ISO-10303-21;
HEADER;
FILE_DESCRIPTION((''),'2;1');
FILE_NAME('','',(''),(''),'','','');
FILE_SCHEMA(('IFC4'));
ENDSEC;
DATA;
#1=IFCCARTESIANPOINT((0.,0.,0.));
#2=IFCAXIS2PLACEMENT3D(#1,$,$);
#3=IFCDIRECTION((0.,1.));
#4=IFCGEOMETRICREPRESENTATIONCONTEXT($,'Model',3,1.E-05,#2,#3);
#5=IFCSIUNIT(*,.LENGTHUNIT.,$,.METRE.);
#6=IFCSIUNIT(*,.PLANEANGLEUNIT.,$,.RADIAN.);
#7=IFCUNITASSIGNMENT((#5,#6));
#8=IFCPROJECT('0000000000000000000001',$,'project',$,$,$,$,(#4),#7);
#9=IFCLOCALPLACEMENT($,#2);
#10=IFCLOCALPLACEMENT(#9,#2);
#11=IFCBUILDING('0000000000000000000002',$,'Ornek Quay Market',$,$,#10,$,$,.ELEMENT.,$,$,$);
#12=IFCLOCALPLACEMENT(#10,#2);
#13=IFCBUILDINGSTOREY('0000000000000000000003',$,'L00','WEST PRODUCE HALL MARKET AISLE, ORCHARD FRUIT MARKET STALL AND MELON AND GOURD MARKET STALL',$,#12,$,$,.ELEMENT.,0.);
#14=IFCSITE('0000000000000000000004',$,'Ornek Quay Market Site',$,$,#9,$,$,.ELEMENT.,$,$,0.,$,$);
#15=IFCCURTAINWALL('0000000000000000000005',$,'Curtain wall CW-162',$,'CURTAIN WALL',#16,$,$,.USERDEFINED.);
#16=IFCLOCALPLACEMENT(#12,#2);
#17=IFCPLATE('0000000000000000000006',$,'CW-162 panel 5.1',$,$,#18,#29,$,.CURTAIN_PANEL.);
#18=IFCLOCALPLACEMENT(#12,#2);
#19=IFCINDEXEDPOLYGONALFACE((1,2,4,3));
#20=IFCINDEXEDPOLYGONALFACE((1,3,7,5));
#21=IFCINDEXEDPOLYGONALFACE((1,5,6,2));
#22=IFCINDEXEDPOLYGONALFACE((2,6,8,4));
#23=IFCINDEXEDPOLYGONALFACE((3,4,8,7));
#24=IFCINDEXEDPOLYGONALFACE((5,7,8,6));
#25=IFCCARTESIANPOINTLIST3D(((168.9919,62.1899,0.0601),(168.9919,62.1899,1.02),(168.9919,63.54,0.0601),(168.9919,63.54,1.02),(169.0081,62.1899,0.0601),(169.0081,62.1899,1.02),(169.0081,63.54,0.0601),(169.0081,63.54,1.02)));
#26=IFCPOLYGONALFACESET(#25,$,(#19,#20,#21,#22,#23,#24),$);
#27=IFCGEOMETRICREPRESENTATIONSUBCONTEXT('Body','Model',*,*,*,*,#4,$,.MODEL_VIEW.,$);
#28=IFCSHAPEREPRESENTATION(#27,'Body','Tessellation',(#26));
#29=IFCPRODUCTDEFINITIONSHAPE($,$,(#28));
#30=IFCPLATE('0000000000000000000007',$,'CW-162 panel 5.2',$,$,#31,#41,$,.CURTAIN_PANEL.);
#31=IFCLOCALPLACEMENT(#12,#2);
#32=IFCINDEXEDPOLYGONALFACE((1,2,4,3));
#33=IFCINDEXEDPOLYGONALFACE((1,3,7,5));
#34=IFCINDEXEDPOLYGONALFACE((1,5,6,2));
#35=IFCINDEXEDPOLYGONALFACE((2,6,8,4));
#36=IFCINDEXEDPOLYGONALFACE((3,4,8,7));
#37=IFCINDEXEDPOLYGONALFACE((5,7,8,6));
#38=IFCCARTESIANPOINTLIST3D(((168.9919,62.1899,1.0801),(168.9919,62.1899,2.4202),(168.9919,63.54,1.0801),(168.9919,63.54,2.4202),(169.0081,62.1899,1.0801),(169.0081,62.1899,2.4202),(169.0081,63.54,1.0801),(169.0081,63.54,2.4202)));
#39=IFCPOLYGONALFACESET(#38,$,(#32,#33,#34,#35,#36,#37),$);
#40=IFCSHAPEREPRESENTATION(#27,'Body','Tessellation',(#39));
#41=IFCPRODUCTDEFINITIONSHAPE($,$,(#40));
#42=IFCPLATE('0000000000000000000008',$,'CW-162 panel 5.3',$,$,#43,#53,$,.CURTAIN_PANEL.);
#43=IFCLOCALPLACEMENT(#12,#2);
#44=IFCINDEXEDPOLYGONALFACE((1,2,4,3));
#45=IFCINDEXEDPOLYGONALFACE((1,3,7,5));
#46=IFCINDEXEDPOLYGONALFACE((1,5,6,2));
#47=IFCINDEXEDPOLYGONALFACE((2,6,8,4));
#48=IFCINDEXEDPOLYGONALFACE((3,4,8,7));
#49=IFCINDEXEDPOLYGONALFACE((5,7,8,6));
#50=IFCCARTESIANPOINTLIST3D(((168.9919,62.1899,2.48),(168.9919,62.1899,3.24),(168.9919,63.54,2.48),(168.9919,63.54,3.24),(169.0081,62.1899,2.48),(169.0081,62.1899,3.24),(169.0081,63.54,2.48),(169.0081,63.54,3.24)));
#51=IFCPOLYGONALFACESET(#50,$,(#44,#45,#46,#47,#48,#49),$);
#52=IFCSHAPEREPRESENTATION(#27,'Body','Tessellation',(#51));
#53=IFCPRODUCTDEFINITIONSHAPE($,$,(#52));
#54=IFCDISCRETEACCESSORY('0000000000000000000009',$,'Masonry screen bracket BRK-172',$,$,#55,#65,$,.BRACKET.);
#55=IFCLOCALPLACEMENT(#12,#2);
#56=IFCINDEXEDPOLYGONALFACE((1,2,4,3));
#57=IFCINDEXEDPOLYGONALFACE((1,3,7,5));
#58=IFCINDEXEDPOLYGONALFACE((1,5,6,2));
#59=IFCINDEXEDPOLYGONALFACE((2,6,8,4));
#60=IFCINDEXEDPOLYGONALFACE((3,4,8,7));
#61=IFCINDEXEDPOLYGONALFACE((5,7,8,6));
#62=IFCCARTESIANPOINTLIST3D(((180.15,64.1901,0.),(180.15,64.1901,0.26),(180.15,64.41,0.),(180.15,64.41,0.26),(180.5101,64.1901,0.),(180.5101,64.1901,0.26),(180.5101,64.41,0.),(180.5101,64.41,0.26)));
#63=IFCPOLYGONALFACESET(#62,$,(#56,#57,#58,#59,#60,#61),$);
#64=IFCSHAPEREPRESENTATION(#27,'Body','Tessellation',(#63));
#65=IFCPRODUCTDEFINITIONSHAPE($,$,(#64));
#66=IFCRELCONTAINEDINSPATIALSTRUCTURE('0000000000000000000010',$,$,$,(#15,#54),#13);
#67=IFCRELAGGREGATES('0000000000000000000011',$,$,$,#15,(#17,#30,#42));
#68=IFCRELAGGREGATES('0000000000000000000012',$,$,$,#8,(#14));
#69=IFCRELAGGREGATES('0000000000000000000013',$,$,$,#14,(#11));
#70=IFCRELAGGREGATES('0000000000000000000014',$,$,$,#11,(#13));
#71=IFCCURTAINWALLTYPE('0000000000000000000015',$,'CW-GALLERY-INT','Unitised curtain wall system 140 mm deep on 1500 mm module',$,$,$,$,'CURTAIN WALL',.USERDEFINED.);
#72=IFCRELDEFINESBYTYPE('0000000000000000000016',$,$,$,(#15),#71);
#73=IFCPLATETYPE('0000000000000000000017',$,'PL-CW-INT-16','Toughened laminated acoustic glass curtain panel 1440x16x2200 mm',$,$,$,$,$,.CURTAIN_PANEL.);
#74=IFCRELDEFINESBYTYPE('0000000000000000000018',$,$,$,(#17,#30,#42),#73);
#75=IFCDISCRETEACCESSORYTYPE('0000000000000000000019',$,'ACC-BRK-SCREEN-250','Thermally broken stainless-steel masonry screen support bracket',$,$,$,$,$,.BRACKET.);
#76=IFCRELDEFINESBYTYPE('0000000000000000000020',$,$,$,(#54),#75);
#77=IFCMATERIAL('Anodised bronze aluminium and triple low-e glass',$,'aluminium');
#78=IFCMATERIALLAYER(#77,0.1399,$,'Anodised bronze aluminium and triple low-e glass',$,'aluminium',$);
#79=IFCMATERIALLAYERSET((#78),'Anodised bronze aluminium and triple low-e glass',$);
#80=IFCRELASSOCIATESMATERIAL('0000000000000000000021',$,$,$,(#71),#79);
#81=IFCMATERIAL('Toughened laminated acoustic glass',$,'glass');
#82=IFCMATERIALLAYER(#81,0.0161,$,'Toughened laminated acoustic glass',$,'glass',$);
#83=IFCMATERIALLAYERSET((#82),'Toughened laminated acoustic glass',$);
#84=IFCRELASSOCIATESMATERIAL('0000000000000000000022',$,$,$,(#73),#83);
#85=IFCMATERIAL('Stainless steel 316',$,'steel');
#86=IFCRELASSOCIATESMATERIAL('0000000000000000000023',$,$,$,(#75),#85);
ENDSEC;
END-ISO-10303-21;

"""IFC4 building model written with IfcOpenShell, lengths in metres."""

from ifc_helpers import new_model, si_unit, direction, frame, origin, origin_2d, place, context, subcontext, project, spatial, rectangle, extrude, material, layer, layer_set, type_object, element, aggregate, save


model = new_model("IFC4")

# Units and contexts
model_context = context("Model", 3, precision=1e-05, world=origin(), true_north=direction((0.0, 1.0)))
body_context = subcontext(model_context, "Body", "Model", "MODEL_VIEW")
ifc_project = project(units=[si_unit("LENGTHUNIT", "METRE"), si_unit("PLANEANGLEUNIT", "RADIAN")], contexts=[model_context])

# Site, building, storey
site_placement = place(None, origin())
site = spatial("IfcSite", under=ifc_project, at=site_placement, Name="Ornek Quay Market Site", CompositionType="ELEMENT", RefElevation=0.0)
building_placement = place(site_placement, origin())
building = spatial("IfcBuilding", under=site, at=building_placement, Name="Ornek Quay Market", CompositionType="ELEMENT")
storey_placement = place(building_placement, origin())
storey = spatial("IfcBuildingStorey", under=building, at=storey_placement, Name="L00", Description="WEST PRODUCE HALL MARKET AISLE, ORCHARD FRUIT MARKET STALL AND MELON AND GOURD MARKET STALL", CompositionType="ELEMENT", Elevation=0.0)

# Curtain wall, plates
ifc_material_1 = material(Name="Anodised bronze aluminium and triple low-e glass", Category="aluminium")
ifc_layer_1 = layer(ifc_material_1, 0.1399, Name="Anodised bronze aluminium and triple low-e glass", Category="aluminium")
ifc_layer_set_1 = layer_set([ifc_layer_1], Name="Anodised bronze aluminium and triple low-e glass")
curtain_wall_type = type_object("IfcCurtainWallType", Name="CW-GALLERY-INT", Description="Unitised curtain wall system 140 mm deep on 1500 mm module", ElementType="CURTAIN WALL", PredefinedType="USERDEFINED", material=ifc_layer_set_1)
curtain_wall_placement = place(storey_placement, origin())
curtain_wall = element("IfcCurtainWall", 1, at=curtain_wall_placement, inside=storey, type_object=curtain_wall_type, Name="Curtain wall CW-162", ObjectType="CURTAIN WALL", PredefinedType="USERDEFINED")
ifc_material_2 = material(Name="Toughened laminated acoustic glass", Category="glass")
ifc_layer_2 = layer(ifc_material_2, 0.0161, Name="Toughened laminated acoustic glass", Category="glass")
ifc_layer_set_2 = layer_set([ifc_layer_2], Name="Toughened laminated acoustic glass")
plate_type = type_object("IfcPlateType", Name="PL-CW-INT-16", Description="Toughened laminated acoustic glass curtain panel 1440x16x2200 mm", PredefinedType="CURTAIN_PANEL", material=ifc_layer_set_2)
plate_1_placement = place(storey_placement, frame((169.0, 62.865, 0.0601), z_axis=(0.0, 0.0, 1.0), x_axis=(0.0, 1.0, 0.0)))
plate_1 = element("IfcPlate", 2, at=plate_1_placement, type_object=plate_type, Name="CW-162 panel 5.1", PredefinedType="CURTAIN_PANEL", context=body_context, shape_type="SweptSolid", body=[
    extrude(rectangle(XDim=1.3501, YDim=0.0161, at=origin_2d()), origin(), (0.0, 0.0, 1.0), 0.96),
])
plate_2_placement = place(storey_placement, frame((169.0, 62.865, 1.0801), z_axis=(0.0, 0.0, 1.0), x_axis=(0.0, 1.0, 0.0)))
plate_2 = element("IfcPlate", 3, at=plate_2_placement, type_object=plate_type, Name="CW-162 panel 5.2", PredefinedType="CURTAIN_PANEL", context=body_context, shape_type="SweptSolid", body=[
    extrude(rectangle(XDim=1.3501, YDim=0.0161, at=origin_2d()), origin(), (0.0, 0.0, 1.0), 1.3401),
])
plate_3_placement = place(storey_placement, frame((169.0, 62.865, 2.48), z_axis=(0.0, 0.0, 1.0), x_axis=(0.0, 1.0, 0.0)))
plate_3 = element("IfcPlate", 4, at=plate_3_placement, type_object=plate_type, Name="CW-162 panel 5.3", PredefinedType="CURTAIN_PANEL", context=body_context, shape_type="SweptSolid", body=[
    extrude(rectangle(XDim=1.3501, YDim=0.0161, at=origin_2d()), origin(), (0.0, 0.0, 1.0), 0.76),
])
aggregate(curtain_wall, [plate_1, plate_2, plate_3])

# Discrete accessory
ifc_material_3 = material(Name="Stainless steel 316", Category="steel")
discrete_accessory_type = type_object("IfcDiscreteAccessoryType", Name="ACC-BRK-SCREEN-250", Description="Thermally broken stainless-steel masonry screen support bracket", PredefinedType="BRACKET", material=ifc_material_3)
discrete_accessory_placement = place(storey_placement, frame((180.3301, 64.3, 0.0), z_axis=(0.0, 0.0, 1.0), x_axis=(0.0, 1.0, 0.0)))
element("IfcDiscreteAccessory", 5, at=discrete_accessory_placement, inside=storey, type_object=discrete_accessory_type, Name="Masonry screen bracket BRK-172", PredefinedType="BRACKET", context=body_context, shape_type="SweptSolid", body=[
    extrude(rectangle(XDim=0.22, YDim=0.3601, at=origin_2d()), origin(), (0.0, 0.0, 1.0), 0.26),
])

save(model, "model.ifc")
